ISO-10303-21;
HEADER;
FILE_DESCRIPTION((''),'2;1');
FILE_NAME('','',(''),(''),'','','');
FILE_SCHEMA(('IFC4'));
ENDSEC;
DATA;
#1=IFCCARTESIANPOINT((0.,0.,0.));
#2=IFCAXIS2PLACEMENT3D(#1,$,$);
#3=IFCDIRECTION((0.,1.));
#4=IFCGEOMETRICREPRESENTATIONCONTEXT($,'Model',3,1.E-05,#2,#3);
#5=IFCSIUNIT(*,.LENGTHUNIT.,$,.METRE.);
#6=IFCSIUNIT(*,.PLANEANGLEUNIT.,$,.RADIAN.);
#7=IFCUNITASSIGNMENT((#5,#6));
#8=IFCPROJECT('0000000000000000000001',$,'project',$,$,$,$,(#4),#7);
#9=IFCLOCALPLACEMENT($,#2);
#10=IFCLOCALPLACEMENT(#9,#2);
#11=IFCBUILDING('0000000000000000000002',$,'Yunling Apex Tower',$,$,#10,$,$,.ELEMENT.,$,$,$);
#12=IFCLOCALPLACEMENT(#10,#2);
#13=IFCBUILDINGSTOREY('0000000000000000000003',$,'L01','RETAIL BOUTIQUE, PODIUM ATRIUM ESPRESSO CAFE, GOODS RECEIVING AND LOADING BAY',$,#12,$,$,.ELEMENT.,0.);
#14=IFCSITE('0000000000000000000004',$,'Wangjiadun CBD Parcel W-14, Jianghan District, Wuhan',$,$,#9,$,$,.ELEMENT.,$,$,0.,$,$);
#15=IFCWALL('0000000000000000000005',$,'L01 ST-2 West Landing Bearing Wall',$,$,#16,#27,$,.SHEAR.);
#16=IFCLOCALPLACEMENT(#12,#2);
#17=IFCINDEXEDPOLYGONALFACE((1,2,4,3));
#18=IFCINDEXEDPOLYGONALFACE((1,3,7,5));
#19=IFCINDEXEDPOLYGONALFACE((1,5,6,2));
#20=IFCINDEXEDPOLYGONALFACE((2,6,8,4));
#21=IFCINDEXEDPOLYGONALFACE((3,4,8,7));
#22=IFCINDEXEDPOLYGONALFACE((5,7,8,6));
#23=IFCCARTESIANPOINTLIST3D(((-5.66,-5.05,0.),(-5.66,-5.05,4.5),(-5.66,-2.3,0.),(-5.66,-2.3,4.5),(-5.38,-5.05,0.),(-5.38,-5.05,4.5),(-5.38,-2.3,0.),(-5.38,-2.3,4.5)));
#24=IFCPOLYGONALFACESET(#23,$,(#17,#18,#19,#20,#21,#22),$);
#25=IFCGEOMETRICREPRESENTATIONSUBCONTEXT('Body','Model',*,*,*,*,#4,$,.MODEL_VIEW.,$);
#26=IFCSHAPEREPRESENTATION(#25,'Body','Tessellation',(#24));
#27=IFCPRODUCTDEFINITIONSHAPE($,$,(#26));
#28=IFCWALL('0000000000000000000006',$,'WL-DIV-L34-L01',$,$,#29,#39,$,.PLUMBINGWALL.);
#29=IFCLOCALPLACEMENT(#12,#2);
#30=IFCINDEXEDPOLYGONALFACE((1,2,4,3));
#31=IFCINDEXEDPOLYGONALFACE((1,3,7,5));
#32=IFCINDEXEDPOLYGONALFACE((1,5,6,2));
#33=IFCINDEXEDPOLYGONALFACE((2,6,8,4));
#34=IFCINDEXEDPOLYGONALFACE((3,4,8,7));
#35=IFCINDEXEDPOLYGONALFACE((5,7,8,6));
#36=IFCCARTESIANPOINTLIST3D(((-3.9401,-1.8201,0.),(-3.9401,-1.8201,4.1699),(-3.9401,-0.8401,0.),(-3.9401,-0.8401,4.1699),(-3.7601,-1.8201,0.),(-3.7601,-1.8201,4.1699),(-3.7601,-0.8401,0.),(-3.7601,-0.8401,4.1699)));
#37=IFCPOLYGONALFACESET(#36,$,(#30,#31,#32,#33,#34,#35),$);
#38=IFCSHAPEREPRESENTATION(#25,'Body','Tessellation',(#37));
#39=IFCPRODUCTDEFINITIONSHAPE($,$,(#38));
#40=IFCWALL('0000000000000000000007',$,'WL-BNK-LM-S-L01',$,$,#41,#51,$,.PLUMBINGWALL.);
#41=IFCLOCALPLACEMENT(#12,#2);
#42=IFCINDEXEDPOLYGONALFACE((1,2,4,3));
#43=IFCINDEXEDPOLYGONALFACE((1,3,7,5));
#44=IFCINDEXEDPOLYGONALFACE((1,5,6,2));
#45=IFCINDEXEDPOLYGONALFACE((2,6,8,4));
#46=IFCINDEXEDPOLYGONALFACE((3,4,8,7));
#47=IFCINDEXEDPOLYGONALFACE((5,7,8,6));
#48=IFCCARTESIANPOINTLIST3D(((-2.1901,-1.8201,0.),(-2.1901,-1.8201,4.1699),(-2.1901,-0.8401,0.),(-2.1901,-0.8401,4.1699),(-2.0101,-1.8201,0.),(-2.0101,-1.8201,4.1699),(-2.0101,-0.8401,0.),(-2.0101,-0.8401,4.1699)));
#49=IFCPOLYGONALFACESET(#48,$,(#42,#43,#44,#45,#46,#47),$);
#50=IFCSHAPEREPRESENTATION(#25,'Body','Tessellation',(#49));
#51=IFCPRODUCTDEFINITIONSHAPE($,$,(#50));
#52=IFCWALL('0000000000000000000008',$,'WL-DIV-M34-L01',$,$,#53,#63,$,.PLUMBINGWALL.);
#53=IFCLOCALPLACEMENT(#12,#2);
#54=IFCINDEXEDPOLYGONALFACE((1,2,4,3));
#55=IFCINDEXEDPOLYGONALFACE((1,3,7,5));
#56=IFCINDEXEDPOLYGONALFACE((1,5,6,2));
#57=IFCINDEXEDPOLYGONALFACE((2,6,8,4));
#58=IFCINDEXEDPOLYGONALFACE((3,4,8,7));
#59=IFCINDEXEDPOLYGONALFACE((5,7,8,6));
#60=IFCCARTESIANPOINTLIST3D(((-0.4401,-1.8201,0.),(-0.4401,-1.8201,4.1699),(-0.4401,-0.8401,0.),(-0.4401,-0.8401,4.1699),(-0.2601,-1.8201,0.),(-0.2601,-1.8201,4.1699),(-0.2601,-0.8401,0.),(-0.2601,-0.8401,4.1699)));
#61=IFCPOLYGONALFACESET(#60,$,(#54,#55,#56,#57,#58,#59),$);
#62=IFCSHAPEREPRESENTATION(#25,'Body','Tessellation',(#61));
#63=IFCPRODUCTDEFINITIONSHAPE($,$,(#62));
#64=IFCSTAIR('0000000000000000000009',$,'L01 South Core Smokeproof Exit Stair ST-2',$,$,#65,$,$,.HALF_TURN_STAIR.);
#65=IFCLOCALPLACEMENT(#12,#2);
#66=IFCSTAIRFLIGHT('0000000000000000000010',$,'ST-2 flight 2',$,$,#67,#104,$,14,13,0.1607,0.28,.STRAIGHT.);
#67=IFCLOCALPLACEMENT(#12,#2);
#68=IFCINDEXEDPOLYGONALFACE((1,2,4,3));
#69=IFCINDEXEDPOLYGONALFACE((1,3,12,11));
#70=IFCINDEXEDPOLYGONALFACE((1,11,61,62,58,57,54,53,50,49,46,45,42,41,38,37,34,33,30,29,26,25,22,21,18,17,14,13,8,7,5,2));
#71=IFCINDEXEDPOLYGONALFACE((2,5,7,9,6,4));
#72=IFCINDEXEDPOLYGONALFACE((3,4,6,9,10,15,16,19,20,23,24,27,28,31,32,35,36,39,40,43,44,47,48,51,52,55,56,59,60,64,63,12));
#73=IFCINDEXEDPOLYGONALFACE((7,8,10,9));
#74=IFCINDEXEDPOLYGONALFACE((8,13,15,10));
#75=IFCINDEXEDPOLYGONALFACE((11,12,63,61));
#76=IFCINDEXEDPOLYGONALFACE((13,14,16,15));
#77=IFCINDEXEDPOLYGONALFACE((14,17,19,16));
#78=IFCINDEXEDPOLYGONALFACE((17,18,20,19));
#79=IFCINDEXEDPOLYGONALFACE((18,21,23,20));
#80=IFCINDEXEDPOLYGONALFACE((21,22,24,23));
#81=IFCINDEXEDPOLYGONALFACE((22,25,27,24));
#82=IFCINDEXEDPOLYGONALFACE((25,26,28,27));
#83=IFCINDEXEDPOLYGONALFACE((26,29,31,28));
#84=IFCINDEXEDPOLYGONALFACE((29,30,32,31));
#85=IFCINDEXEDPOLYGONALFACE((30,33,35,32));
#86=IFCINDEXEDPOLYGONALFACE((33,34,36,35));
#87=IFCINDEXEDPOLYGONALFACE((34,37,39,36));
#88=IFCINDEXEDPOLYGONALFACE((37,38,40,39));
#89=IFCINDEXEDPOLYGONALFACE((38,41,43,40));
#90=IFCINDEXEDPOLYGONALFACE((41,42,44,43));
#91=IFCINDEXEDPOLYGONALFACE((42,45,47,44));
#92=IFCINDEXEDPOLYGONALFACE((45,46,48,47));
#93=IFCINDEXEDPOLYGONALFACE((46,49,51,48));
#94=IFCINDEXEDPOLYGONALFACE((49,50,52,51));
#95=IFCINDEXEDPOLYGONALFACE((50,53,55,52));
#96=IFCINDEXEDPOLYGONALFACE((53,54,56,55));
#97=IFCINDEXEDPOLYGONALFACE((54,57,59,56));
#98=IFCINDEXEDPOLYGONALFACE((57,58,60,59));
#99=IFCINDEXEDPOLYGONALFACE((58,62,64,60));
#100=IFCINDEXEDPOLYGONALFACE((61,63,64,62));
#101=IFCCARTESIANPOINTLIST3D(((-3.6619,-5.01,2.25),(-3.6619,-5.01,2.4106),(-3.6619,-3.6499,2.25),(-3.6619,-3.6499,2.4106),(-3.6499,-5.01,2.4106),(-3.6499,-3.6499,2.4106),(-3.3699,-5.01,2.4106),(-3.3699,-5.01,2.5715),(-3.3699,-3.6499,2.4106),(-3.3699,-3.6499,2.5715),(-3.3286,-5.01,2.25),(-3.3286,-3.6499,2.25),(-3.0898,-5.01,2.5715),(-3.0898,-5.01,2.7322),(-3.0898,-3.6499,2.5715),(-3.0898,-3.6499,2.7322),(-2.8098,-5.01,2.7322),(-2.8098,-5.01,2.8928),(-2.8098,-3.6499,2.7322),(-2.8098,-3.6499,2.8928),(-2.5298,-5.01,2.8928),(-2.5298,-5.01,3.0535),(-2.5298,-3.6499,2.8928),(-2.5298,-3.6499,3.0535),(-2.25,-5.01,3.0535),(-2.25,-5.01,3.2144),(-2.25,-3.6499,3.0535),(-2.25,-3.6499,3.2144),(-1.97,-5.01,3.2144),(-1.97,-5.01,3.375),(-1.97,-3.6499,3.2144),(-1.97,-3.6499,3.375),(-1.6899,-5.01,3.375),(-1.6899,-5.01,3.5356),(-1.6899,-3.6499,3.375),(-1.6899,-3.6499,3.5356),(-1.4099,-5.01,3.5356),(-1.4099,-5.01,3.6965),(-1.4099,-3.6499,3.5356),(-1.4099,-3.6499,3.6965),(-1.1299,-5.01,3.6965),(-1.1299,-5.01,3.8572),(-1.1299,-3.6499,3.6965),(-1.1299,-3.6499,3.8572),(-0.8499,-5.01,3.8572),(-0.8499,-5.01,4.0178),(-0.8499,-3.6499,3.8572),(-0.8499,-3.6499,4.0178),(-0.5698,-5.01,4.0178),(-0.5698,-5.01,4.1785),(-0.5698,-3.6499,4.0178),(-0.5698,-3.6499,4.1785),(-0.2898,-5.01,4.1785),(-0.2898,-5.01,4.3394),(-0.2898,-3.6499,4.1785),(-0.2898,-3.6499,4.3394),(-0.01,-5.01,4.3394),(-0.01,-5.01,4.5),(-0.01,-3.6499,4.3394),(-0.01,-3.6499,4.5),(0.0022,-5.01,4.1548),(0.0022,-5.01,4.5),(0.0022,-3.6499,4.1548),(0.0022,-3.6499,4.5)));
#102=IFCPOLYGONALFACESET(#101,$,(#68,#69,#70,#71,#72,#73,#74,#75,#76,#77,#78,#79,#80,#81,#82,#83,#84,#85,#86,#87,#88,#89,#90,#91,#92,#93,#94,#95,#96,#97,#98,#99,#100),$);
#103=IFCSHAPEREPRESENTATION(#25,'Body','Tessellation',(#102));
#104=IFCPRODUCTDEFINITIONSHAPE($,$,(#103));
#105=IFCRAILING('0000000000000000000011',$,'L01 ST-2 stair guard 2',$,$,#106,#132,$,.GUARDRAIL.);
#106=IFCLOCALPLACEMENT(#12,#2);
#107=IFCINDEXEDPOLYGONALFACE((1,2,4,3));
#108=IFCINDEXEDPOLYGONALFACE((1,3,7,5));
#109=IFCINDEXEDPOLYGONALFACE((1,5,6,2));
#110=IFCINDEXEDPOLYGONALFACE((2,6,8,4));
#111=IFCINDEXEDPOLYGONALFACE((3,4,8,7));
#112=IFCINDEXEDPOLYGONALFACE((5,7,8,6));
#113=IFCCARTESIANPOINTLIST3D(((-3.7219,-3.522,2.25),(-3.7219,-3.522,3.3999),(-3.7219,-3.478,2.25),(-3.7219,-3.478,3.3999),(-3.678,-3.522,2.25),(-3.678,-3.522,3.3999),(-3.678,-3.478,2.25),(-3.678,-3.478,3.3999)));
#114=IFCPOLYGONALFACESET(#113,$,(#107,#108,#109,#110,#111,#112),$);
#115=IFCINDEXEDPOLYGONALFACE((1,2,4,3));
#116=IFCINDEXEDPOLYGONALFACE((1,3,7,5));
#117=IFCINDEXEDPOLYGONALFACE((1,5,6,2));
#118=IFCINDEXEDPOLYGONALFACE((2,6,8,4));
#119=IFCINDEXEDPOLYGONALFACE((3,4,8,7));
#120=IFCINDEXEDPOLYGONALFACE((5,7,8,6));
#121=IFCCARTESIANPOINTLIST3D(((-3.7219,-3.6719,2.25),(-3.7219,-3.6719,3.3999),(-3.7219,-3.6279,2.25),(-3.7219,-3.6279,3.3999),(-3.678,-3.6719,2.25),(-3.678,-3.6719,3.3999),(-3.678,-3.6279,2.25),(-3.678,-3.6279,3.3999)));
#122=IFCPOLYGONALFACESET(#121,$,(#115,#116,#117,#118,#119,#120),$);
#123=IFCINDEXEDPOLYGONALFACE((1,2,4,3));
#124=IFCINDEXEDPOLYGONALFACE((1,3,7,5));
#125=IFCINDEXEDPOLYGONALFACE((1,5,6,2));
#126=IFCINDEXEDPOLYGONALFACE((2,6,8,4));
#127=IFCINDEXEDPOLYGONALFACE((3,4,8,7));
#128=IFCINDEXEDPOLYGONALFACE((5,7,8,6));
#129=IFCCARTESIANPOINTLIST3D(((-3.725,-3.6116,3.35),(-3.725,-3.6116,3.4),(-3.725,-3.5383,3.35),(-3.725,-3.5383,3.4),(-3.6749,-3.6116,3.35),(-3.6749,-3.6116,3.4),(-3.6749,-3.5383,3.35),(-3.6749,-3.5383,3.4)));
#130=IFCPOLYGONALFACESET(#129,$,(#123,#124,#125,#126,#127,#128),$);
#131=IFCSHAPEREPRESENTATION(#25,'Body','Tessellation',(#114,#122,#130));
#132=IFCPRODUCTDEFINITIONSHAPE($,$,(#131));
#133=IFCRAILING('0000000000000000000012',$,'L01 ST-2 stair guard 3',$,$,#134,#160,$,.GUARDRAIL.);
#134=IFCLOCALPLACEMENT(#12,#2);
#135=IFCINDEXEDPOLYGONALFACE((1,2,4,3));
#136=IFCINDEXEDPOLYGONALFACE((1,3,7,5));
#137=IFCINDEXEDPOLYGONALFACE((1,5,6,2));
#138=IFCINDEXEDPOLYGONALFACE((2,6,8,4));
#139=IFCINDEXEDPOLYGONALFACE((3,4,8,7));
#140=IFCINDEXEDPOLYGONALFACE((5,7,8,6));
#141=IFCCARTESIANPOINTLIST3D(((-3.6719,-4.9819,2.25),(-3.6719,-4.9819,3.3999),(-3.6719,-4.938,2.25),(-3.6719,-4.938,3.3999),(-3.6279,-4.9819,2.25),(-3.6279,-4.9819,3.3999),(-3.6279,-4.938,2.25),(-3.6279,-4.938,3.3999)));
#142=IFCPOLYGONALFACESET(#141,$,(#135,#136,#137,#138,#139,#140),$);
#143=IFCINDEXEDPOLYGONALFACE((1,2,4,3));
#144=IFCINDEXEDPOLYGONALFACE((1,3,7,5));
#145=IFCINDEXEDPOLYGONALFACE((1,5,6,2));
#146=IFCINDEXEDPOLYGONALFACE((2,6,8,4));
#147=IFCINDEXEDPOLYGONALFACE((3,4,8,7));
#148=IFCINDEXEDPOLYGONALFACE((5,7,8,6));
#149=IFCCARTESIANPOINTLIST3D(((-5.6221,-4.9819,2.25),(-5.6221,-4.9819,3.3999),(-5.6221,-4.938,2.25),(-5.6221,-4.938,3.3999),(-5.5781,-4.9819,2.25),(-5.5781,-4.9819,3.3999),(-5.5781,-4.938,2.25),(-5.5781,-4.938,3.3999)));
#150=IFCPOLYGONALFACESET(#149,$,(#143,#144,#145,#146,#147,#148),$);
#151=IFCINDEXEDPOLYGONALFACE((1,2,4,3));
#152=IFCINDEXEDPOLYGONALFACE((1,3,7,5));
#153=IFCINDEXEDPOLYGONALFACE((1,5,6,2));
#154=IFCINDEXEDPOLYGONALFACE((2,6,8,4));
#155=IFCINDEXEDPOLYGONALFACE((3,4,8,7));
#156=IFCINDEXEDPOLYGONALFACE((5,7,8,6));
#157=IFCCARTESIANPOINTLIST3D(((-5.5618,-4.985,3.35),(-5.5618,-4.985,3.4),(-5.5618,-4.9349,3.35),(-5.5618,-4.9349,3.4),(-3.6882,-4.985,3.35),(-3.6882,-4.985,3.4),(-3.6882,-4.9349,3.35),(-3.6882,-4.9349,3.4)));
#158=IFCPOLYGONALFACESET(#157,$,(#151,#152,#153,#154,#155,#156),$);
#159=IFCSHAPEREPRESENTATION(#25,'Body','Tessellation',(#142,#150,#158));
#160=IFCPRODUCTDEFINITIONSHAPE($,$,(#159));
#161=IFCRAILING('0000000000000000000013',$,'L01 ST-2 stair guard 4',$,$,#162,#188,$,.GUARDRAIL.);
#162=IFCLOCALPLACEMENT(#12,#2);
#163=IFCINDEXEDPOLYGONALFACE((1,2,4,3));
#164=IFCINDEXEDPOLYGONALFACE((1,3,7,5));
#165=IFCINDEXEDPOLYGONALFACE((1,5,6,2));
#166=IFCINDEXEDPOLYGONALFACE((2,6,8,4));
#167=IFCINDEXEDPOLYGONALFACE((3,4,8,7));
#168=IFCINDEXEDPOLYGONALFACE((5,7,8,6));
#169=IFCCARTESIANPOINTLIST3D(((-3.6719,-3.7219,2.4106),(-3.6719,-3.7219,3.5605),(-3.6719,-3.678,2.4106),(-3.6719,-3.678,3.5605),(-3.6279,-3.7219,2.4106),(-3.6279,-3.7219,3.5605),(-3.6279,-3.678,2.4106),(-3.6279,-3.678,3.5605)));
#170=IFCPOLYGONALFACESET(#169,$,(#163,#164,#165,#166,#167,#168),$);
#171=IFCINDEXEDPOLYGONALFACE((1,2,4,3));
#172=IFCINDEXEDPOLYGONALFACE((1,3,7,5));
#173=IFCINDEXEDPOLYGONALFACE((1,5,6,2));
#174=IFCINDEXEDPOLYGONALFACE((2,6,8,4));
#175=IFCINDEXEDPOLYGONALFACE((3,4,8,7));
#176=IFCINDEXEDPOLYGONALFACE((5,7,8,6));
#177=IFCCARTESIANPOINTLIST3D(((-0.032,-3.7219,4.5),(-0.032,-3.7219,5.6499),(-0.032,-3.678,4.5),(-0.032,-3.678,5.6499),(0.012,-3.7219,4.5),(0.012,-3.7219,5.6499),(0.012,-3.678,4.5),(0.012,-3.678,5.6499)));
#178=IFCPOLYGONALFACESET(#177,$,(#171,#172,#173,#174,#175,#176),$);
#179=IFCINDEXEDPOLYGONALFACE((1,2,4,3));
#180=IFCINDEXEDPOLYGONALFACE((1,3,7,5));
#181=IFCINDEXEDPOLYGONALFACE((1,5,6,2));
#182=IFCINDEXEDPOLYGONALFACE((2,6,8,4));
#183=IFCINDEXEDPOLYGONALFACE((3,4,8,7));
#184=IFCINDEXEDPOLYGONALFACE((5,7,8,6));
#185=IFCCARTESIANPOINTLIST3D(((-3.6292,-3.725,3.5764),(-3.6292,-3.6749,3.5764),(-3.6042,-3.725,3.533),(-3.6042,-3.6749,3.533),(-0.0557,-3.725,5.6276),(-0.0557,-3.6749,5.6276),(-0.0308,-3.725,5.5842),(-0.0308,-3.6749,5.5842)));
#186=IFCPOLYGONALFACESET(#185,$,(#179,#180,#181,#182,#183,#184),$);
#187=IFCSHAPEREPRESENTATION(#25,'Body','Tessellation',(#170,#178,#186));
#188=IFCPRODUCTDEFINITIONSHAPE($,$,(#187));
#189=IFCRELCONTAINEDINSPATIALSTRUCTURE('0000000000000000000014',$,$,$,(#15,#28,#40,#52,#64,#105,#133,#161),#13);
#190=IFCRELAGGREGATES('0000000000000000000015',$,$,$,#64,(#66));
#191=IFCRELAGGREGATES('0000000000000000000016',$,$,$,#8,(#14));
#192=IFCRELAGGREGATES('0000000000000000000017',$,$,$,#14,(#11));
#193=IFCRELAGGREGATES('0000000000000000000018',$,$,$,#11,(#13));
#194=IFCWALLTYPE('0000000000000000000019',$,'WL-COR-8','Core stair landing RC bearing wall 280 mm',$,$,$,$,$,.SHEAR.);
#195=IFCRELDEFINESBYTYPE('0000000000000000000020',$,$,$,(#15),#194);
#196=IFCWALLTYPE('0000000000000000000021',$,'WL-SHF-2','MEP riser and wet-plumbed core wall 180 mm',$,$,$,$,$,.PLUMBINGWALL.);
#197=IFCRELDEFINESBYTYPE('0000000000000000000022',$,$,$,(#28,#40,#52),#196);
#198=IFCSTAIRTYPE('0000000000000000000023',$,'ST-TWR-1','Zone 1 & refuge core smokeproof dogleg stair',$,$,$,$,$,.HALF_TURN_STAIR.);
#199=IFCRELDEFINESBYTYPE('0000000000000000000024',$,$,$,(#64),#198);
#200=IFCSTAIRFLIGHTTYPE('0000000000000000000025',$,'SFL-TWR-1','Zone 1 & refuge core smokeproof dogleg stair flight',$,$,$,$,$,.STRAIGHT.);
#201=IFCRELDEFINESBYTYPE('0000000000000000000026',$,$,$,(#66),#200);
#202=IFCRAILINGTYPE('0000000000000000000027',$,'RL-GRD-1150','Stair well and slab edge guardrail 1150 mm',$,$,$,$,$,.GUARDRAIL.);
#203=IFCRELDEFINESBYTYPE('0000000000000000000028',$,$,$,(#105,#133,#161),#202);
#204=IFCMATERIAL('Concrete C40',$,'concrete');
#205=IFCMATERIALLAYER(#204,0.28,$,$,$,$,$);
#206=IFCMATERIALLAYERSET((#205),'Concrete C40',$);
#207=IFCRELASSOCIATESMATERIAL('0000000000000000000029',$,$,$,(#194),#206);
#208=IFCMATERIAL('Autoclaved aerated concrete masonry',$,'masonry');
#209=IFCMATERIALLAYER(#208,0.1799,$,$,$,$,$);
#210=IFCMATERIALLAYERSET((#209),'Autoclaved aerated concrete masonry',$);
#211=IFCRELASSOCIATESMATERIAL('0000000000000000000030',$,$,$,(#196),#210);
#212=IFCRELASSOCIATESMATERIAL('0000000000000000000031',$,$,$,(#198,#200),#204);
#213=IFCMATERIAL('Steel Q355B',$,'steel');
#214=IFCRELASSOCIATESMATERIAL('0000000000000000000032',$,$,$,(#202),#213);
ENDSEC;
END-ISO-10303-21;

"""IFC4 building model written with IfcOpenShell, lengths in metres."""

from ifc_helpers import new_model, si_unit, direction, frame, frame_2d, origin, origin_2d, place, context, subcontext, project, spatial, polyline, rectangle, outline, extrude, material, layer, layer_set, type_object, element, aggregate, save


model = new_model("IFC4")

# Units and contexts
model_context = context("Model", 3, precision=1e-05, world=origin(), true_north=direction((0.0, 1.0)))
body_context = subcontext(model_context, "Body", "Model", "MODEL_VIEW")
ifc_project = project(units=[si_unit("LENGTHUNIT", "METRE"), si_unit("PLANEANGLEUNIT", "RADIAN")], contexts=[model_context])

# Site, building, storey
site_placement = place(None, origin())
site = spatial("IfcSite", under=ifc_project, at=site_placement, Name="Wangjiadun CBD Parcel W-14, Jianghan District, Wuhan", CompositionType="ELEMENT", RefElevation=0.0)
building_placement = place(site_placement, origin())
building = spatial("IfcBuilding", under=site, at=building_placement, Name="Yunling Apex Tower", CompositionType="ELEMENT")
storey_placement = place(building_placement, origin())
storey = spatial("IfcBuildingStorey", under=building, at=storey_placement, Name="L01", Description="RETAIL BOUTIQUE, PODIUM ATRIUM ESPRESSO CAFE, GOODS RECEIVING AND LOADING BAY", CompositionType="ELEMENT", Elevation=0.0)

# Shared definitions
ifc_material_1 = material(Name="Steel Q355B", Category="steel")

# Walls
ifc_material_2 = material(Name="Concrete C40", Category="concrete")
ifc_layer_1 = layer(ifc_material_2, 0.28)
ifc_layer_set_1 = layer_set([ifc_layer_1], Name="Concrete C40")
wall_type_1 = type_object("IfcWallType", Name="WL-COR-8", Description="Core stair landing RC bearing wall 280 mm", PredefinedType="SHEAR", material=ifc_layer_set_1)
wall_1_placement = place(storey_placement, frame((-5.52, -5.05, 0.0), z_axis=(0.0, 0.0, 1.0), x_axis=(0.0, 1.0, 0.0)))
element("IfcWall", 1, at=wall_1_placement, inside=storey, type_object=wall_type_1, Name="L01 ST-2 West Landing Bearing Wall", PredefinedType="SHEAR", context=body_context, shape_type="SweptSolid", body=[
    extrude(rectangle(XDim=2.75, YDim=0.28, at=frame_2d((1.375, 0.0))), origin(), (0.0, 0.0, 1.0), 4.5),
])
ifc_material_3 = material(Name="Autoclaved aerated concrete masonry", Category="masonry")
ifc_layer_2 = layer(ifc_material_3, 0.1799)
ifc_layer_set_2 = layer_set([ifc_layer_2], Name="Autoclaved aerated concrete masonry")
wall_type_2 = type_object("IfcWallType", Name="WL-SHF-2", Description="MEP riser and wet-plumbed core wall 180 mm", PredefinedType="PLUMBINGWALL", material=ifc_layer_set_2)
for number, where, z_axis, x_axis, name in (
    (2, (-3.8501, -1.8201, 0.0), (0.0, 0.0, 1.0), (0.0, 1.0, 0.0), "WL-DIV-L34-L01"),
    (3, (-2.1001, -1.8201, 0.0), (0.0, 0.0, 1.0), (0.0, 1.0, 0.0), "WL-BNK-LM-S-L01"),
    (4, (-0.3501, -1.8201, 0.0), (0.0, 0.0, 1.0), (0.0, 1.0, 0.0), "WL-DIV-M34-L01"),
):
    element("IfcWall", number, at=place(storey_placement, frame(where, z_axis=z_axis, x_axis=x_axis)), inside=storey, type_object=wall_type_2, Name=name, PredefinedType="PLUMBINGWALL", context=body_context, shape_type="SweptSolid", body=[
        extrude(rectangle(XDim=0.98, YDim=0.1799, at=frame_2d((0.49, 0.0))), origin(), (0.0, 0.0, 1.0), 4.1699),
    ])

# Stair, stair flight
stair_type = type_object("IfcStairType", Name="ST-TWR-1", Description="Zone 1 & refuge core smokeproof dogleg stair", PredefinedType="HALF_TURN_STAIR", material=ifc_material_2)
stair_placement = place(storey_placement, origin())
stair = element("IfcStair", 5, at=stair_placement, inside=storey, type_object=stair_type, Name="L01 South Core Smokeproof Exit Stair ST-2", PredefinedType="HALF_TURN_STAIR")
stair_flight_type = type_object("IfcStairFlightType", Name="SFL-TWR-1", Description="Zone 1 & refuge core smokeproof dogleg stair flight", PredefinedType="STRAIGHT", material=ifc_material_2)
stair_flight_placement = place(storey_placement, frame((-3.6499, -4.3301, 2.25), z_axis=(0.0, 0.0, 1.0), x_axis=(1.0, 0.0, 0.0)))
stair_flight = element("IfcStairFlight", 6, at=stair_flight_placement, type_object=stair_flight_type, Name="ST-2 flight 2", NumberOfRisers=14, NumberOfTreads=13, PredefinedType="STRAIGHT", RiserHeight=0.1607, TreadLength=0.28, context=body_context, shape_type="SweptSolid", body=[
    extrude(outline(polyline([(-0.012, 0.0), (-0.012, 0.1606), (0.0, 0.1606), (0.28, 0.1606), (0.28, 0.3215), (0.5601, 0.3215), (0.5601, 0.4822), (0.8401, 0.4822), (0.8401, 0.6428), (1.1201, 0.6428), (1.1201, 0.8035), (1.3999, 0.8035), (1.3999, 0.9644), (1.6799, 0.9644), (1.6799, 1.125), (1.96, 1.125), (1.96, 1.2856), (2.24, 1.2856), (2.24, 1.4465), (2.52, 1.4465), (2.52, 1.6072), (2.8, 1.6072), (2.8, 1.7678), (3.0801, 1.7678), (3.0801, 1.9285), (3.3601, 1.9285), (3.3601, 2.0894), (3.6399, 2.0894), (3.6399, 2.25), (3.6521, 2.25), (3.6521, 1.9048), (0.3213, 0.0), (-0.012, 0.0)])), frame((0.0, 0.6802, 0.0), z_axis=(0.0, -1.0, 0.0), x_axis=(1.0, 0.0, 0.0)), (0.0, 0.0, 1.0), 1.3601),
])
aggregate(stair, [stair_flight])

# Railings
railing_type_1 = type_object("IfcRailingType", Name="RL-GRD-1150", Description="Stair well and slab edge guardrail 1150 mm", PredefinedType="GUARDRAIL", material=ifc_material_1)
railing_1_placement = place(storey_placement, frame((-3.7, -3.5, 2.25)))
element("IfcRailing", 7, at=railing_1_placement, inside=storey, type_object=railing_type_1, Name="L01 ST-2 stair guard 2", PredefinedType="GUARDRAIL", context=body_context, shape_type="SweptSolid", body=[
    extrude(rectangle(XDim=0.0439, YDim=0.0439, at=origin_2d()), origin(), (0.0, 0.0, 1.0), 1.1499),
    extrude(rectangle(XDim=0.0439, YDim=0.0439, at=origin_2d()), frame((0.0, -0.1499, 0.0)), (0.0, 0.0, 1.0), 1.1499),
    extrude(rectangle(XDim=0.05, YDim=0.05, at=origin_2d()), frame((0.0, -0.0383, 1.125), z_axis=(0.0, -1.0, 0.0), x_axis=(1.0, 0.0, 0.0)), (0.0, 0.0, 1.0), 0.0732),
])
railing_2_placement = place(storey_placement, frame((-3.6499, -4.96, 2.25)))
element("IfcRailing", 8, at=railing_2_placement, inside=storey, type_object=railing_type_1, Name="L01 ST-2 stair guard 3", PredefinedType="GUARDRAIL", context=body_context, shape_type="SweptSolid", body=[
    extrude(rectangle(XDim=0.0439, YDim=0.0439, at=origin_2d()), origin(), (0.0, 0.0, 1.0), 1.1499),
    extrude(rectangle(XDim=0.0439, YDim=0.0439, at=origin_2d()), frame((-1.9502, 0.0, 0.0)), (0.0, 0.0, 1.0), 1.1499),
    extrude(rectangle(XDim=0.05, YDim=0.05, at=origin_2d()), frame((-0.0383, 0.0, 1.125), z_axis=(-1.0, 0.0, 0.0), x_axis=(0.0, -1.0, 0.0)), (0.0, 0.0, 1.0), 1.8735),
])
railing_3_placement = place(storey_placement, frame((-3.6499, -3.7, 2.4106)))
element("IfcRailing", 9, at=railing_3_placement, inside=storey, type_object=railing_type_1, Name="L01 ST-2 stair guard 4", PredefinedType="GUARDRAIL", context=body_context, shape_type="SweptSolid", body=[
    extrude(rectangle(XDim=0.0439, YDim=0.0439, at=origin_2d()), origin(), (0.0, 0.0, 1.0), 1.1499),
    extrude(rectangle(XDim=0.0439, YDim=0.0439, at=origin_2d()), frame((3.6399, 0.0, 2.0894)), (0.0, 0.0, 1.0), 1.1499),
    extrude(rectangle(XDim=0.05, YDim=0.05, at=origin_2d()), frame((0.0332, 0.0, 1.144), z_axis=(0.867275, 0.0, 0.497829), x_axis=(0.0, 1.0, 0.0)), (0.0, 0.0, 1.0), 4.1204),
])

save(model, "model.ifc")
